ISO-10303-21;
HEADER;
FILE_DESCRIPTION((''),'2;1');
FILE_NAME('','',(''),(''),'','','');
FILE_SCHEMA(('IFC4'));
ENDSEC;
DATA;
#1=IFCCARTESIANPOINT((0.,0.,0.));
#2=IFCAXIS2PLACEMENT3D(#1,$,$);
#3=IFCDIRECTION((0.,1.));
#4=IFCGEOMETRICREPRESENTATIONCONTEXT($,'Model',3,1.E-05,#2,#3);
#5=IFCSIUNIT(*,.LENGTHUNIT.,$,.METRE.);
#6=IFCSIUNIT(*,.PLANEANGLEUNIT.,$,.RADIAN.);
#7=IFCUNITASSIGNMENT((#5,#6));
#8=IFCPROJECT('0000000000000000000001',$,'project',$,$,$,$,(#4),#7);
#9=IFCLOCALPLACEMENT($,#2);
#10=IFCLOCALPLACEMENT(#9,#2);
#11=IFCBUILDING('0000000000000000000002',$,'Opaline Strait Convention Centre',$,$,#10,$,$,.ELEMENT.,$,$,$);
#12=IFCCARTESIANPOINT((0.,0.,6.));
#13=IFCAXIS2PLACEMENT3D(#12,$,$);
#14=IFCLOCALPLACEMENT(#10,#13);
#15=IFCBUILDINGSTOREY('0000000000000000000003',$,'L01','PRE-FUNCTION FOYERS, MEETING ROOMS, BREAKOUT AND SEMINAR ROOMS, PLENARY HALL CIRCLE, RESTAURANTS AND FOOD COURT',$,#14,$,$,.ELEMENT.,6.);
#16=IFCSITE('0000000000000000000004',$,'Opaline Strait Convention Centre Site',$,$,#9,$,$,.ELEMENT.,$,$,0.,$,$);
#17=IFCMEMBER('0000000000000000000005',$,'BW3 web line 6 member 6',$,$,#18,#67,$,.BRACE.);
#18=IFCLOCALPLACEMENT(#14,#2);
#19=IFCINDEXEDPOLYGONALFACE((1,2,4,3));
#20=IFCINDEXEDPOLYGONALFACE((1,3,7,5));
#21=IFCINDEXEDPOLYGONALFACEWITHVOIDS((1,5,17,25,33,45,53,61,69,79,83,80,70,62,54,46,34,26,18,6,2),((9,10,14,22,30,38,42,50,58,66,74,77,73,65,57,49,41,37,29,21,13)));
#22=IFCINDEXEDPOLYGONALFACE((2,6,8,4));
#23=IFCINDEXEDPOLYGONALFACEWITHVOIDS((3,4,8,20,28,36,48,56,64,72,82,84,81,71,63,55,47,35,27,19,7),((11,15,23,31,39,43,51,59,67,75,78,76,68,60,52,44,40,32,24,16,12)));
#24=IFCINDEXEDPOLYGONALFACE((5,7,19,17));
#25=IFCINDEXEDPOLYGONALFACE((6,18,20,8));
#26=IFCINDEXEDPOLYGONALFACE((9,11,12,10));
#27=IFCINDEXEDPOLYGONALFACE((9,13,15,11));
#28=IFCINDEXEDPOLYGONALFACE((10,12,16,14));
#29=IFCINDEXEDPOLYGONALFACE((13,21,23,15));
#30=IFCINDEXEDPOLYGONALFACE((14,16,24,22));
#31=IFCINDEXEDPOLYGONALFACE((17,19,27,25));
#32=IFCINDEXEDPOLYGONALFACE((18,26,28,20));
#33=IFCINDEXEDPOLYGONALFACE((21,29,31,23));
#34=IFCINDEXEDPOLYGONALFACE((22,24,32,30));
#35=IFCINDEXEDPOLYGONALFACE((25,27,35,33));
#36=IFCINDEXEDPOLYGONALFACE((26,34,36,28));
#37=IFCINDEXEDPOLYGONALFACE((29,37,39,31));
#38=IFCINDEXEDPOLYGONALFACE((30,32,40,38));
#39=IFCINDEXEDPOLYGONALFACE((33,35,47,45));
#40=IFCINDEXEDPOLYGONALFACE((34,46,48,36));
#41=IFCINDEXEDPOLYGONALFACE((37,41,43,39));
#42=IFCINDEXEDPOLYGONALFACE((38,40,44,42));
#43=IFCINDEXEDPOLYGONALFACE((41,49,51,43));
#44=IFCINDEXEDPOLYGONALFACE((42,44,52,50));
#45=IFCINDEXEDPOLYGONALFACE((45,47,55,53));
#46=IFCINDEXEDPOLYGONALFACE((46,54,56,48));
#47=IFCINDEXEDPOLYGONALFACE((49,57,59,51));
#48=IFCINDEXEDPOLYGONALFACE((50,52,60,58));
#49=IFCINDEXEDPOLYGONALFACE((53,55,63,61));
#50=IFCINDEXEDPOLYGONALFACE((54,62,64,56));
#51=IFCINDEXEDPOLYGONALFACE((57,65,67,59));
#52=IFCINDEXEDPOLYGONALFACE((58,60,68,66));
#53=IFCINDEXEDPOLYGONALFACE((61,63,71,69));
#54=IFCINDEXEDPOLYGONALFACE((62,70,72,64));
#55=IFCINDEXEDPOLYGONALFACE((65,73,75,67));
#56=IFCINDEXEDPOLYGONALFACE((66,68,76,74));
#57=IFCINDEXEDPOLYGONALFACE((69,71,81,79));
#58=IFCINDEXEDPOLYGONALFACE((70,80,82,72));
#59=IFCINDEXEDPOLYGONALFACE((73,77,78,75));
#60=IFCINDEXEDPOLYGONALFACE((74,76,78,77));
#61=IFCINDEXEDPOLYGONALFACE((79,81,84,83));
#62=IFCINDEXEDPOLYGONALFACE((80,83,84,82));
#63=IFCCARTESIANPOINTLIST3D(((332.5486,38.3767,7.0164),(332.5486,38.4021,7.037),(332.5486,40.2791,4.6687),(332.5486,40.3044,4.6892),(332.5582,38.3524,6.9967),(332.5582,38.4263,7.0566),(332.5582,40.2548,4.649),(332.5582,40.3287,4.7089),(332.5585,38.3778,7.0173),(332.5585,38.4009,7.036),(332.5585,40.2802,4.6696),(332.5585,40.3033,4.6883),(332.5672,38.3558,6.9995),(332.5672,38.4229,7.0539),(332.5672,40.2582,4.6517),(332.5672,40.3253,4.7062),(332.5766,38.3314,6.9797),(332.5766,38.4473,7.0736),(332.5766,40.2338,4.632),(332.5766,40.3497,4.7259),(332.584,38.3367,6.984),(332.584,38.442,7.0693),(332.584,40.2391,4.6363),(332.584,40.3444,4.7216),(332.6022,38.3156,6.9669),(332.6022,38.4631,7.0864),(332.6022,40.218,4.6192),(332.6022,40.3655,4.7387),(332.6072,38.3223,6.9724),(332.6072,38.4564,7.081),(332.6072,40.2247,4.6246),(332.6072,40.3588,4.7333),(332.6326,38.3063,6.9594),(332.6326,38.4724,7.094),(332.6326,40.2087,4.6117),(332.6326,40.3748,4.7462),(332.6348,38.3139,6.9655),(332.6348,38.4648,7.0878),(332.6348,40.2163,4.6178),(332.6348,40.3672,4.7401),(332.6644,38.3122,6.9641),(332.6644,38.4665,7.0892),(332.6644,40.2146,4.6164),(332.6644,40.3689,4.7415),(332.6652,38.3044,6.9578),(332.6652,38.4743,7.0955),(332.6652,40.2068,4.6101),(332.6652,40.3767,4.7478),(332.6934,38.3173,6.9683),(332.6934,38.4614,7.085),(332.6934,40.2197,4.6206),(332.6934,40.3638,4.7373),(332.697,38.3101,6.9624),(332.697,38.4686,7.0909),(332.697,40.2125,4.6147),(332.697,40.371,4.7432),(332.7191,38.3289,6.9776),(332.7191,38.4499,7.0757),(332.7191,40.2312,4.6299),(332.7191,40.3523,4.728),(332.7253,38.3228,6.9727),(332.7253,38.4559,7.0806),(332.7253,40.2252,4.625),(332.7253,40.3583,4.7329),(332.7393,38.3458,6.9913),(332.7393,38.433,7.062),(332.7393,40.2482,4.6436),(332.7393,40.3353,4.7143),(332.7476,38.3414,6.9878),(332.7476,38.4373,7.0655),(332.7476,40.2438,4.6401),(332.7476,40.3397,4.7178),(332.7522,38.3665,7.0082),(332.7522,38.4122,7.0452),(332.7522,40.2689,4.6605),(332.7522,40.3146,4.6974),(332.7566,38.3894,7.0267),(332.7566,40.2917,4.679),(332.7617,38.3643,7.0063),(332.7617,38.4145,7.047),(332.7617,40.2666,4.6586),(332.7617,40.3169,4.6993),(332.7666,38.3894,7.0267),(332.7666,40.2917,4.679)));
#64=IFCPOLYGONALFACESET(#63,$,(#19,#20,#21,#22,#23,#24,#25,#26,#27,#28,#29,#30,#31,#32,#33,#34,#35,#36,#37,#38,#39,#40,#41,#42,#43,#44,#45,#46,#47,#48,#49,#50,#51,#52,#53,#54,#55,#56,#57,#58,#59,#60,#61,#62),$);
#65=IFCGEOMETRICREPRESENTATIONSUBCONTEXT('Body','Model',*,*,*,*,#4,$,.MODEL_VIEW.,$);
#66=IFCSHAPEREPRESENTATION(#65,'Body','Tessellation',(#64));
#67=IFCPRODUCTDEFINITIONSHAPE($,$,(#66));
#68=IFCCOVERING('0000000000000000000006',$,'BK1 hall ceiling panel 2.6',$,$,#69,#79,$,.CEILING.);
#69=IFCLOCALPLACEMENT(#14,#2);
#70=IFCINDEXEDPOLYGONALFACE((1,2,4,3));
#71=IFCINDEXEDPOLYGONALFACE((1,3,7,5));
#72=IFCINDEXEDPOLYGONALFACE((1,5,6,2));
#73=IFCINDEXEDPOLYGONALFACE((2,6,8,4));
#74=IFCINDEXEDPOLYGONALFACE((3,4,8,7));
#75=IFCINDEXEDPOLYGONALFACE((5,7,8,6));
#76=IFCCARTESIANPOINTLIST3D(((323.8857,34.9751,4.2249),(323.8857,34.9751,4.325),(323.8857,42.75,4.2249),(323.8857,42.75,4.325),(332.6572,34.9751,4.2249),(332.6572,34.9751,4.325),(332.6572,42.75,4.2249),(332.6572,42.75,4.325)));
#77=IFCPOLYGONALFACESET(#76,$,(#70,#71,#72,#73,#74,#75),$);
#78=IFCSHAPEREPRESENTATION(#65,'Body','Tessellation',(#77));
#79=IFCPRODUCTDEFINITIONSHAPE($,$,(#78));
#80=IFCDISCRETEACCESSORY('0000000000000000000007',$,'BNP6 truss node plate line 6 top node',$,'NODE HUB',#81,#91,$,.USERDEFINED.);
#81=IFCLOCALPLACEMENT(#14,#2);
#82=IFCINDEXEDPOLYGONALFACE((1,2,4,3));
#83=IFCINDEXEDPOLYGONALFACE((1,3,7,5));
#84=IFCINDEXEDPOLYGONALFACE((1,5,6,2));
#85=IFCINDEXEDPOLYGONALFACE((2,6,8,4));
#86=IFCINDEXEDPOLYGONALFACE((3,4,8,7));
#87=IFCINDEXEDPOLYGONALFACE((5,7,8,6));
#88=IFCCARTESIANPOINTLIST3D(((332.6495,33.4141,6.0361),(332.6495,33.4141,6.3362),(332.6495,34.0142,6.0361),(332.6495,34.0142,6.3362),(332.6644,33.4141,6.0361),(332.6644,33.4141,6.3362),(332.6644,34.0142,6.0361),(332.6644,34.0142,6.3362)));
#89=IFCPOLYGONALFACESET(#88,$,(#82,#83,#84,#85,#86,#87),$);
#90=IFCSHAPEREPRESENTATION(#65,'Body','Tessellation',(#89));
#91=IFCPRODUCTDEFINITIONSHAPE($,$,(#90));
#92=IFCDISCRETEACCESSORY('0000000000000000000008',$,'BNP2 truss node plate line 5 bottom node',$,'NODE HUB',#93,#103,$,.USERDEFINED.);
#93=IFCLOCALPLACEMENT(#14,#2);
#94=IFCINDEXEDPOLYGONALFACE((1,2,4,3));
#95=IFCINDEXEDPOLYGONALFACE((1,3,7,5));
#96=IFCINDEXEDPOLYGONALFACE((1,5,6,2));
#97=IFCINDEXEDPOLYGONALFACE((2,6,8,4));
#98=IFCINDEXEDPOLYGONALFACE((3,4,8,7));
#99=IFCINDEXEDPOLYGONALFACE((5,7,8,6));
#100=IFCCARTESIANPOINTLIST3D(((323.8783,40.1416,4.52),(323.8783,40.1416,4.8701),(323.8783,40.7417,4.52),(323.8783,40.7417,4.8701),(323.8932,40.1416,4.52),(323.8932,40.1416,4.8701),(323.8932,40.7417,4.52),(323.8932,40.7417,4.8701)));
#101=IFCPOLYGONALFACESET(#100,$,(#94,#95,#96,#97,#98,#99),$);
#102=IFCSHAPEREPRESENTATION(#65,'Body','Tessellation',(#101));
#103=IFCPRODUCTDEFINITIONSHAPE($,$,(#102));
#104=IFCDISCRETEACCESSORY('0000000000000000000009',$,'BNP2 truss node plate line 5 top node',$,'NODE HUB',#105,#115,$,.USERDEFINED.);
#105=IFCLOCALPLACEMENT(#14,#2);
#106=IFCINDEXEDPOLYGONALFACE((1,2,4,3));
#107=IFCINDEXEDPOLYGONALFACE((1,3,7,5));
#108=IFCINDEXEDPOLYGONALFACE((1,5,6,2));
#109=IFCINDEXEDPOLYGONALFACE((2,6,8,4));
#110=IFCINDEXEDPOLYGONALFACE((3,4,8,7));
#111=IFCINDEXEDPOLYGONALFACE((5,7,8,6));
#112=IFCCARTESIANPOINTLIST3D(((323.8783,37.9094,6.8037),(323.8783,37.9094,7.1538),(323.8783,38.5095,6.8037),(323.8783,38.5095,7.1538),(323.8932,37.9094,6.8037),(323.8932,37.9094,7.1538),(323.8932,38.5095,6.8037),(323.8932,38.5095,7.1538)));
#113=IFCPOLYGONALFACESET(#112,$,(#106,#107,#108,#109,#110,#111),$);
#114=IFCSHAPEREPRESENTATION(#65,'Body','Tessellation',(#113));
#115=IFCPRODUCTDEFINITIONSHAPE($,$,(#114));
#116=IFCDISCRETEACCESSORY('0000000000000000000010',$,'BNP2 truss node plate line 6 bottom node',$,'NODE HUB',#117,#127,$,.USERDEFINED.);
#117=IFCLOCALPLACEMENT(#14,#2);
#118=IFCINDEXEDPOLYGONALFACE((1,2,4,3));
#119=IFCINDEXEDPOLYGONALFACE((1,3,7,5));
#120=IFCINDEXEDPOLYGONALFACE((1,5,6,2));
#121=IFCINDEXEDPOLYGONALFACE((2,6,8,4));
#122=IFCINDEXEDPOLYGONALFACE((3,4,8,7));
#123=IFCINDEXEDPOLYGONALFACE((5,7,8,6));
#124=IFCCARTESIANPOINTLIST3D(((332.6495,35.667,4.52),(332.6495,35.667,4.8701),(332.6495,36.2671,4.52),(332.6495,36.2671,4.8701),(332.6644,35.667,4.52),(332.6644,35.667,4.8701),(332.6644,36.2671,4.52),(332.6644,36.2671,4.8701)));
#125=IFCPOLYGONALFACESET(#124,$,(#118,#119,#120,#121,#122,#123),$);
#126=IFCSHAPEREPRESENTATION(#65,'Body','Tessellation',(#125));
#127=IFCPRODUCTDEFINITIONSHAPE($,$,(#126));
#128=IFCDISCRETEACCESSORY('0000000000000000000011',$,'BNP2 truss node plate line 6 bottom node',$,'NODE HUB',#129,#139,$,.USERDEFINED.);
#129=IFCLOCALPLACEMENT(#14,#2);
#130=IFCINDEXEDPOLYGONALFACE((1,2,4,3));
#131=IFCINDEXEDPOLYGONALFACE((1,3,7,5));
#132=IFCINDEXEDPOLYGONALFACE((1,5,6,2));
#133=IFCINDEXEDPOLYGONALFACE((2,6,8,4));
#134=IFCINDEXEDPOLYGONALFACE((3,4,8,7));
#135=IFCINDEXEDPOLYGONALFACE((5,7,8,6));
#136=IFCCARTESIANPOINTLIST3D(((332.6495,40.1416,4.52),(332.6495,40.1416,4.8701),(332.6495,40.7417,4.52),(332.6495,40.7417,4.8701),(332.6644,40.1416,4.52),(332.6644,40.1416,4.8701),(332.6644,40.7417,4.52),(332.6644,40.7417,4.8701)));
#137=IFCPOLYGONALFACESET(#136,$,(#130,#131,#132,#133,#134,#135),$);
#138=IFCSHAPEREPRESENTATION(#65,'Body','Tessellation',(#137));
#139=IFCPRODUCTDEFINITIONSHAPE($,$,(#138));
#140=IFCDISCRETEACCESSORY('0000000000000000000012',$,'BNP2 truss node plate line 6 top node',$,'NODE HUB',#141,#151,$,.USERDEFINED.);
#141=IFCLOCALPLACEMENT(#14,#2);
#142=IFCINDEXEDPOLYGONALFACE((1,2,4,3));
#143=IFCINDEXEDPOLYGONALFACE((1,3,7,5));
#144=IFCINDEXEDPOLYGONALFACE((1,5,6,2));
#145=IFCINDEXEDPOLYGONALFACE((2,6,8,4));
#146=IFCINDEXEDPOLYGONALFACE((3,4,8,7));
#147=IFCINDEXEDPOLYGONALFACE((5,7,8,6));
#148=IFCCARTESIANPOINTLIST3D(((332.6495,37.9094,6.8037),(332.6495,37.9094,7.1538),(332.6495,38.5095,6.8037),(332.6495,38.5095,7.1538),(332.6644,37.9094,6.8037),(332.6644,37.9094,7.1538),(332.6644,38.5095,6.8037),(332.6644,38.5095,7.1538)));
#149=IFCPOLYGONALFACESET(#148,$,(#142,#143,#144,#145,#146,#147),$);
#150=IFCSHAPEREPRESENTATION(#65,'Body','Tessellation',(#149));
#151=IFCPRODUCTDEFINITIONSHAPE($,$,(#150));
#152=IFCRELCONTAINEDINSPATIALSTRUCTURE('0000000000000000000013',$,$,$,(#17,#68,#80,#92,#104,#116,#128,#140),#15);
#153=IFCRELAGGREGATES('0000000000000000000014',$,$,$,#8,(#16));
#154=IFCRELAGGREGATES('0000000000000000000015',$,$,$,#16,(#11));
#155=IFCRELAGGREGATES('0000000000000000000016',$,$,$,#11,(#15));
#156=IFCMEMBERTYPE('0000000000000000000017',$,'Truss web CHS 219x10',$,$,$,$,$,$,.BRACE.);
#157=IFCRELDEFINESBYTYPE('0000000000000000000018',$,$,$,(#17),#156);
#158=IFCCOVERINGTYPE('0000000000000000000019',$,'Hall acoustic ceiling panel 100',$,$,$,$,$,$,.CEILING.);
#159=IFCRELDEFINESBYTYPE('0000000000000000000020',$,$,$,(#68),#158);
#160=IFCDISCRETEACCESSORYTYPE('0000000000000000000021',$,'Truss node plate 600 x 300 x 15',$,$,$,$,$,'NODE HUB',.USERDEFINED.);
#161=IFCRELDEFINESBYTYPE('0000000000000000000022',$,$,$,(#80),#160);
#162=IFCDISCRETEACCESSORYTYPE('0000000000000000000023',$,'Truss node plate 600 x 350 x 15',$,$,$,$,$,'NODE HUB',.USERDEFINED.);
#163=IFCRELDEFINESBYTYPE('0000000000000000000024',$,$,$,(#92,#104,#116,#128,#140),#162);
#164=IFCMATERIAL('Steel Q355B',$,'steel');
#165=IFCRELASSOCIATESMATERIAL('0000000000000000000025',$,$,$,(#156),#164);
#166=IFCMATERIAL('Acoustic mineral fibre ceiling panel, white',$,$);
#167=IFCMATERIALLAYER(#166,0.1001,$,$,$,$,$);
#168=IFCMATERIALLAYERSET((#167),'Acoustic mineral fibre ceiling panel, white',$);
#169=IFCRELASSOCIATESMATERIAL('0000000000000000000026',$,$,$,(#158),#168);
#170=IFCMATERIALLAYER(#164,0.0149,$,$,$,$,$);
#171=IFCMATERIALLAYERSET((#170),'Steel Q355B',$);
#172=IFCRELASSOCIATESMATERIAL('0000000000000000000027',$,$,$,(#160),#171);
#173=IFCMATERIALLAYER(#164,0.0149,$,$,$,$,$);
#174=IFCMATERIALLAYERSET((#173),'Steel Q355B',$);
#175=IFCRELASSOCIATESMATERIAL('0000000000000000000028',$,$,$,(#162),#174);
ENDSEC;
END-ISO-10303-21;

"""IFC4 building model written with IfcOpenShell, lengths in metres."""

from ifc_helpers import new_model, si_unit, direction, frame, origin, origin_2d, place, context, subcontext, project, spatial, rectangle, hollow_circle, extrude, material, layer, layer_set, material_profile, profile_set, type_object, element, save


model = new_model("IFC4")

# Units and contexts
model_context = context("Model", 3, precision=1e-05, world=origin(), true_north=direction((0.0, 1.0)))
body_context = subcontext(model_context, "Body", "Model", "MODEL_VIEW")
ifc_project = project(units=[si_unit("LENGTHUNIT", "METRE"), si_unit("PLANEANGLEUNIT", "RADIAN")], contexts=[model_context])

# Site, building, storey
site_placement = place(None, origin())
site = spatial("IfcSite", under=ifc_project, at=site_placement, Name="Opaline Strait Convention Centre Site", CompositionType="ELEMENT", RefElevation=0.0)
building_placement = place(site_placement, origin())
building = spatial("IfcBuilding", under=site, at=building_placement, Name="Opaline Strait Convention Centre", CompositionType="ELEMENT")
storey_placement = place(building_placement, frame((0.0, 0.0, 6.0)))
storey = spatial("IfcBuildingStorey", under=building, at=storey_placement, Name="L01", Description="PRE-FUNCTION FOYERS, MEETING ROOMS, BREAKOUT AND SEMINAR ROOMS, PLENARY HALL CIRCLE, RESTAURANTS AND FOOD COURT", CompositionType="ELEMENT", Elevation=6.0)

# Member
ifc_material_1 = material(Name="Steel Q355B", Category="steel")
ifc_material_profile_1 = material_profile(ifc_material_1, hollow_circle(Radius=0.1096, WallThickness=0.01, at=origin_2d()), Name="CHS 219x10")
ifc_profile_set_1 = profile_set([ifc_material_profile_1], Name="Steel Q355B")
member_type_1 = type_object("IfcMemberType", Name="Truss web CHS 219x10", PredefinedType="BRACE", material=ifc_profile_set_1)
member_1_placement = place(storey_placement, frame((332.657, 40.2917, 4.679), z_axis=(0.0, -0.62957, 0.776944), x_axis=(1.0, 0.0, 0.0)))
element("IfcMember", 1, at=member_1_placement, inside=storey, type_object=member_type_1, Name="BW3 web line 6 member 6", PredefinedType="BRACE", context=body_context, shape_type="SweptSolid", body=[
    extrude(hollow_circle(Radius=0.1096, WallThickness=0.01, at=origin_2d()), origin(), (0.0, 0.0, 1.0), 3.0217),
])

# Covering
ifc_material_2 = material(Name="Acoustic mineral fibre ceiling panel, white")
ifc_layer_1 = layer(ifc_material_2, 0.1001)
ifc_layer_set_1 = layer_set([ifc_layer_1], Name="Acoustic mineral fibre ceiling panel, white")
covering_type = type_object("IfcCoveringType", Name="Hall acoustic ceiling panel 100", PredefinedType="CEILING", material=ifc_layer_set_1)
covering_placement = place(storey_placement, frame((328.2715, 38.8625, 4.2249), z_axis=(0.0, 0.0, 1.0), x_axis=(1.0, 0.0, 0.0)))
element("IfcCovering", 2, at=covering_placement, inside=storey, type_object=covering_type, Name="BK1 hall ceiling panel 2.6", PredefinedType="CEILING", context=body_context, shape_type="SweptSolid", body=[
    extrude(rectangle(XDim=8.7715, YDim=7.7749, at=origin_2d()), origin(), (0.0, 0.0, 1.0), 0.1001),
])

# Discrete accessories
ifc_layer_2 = layer(ifc_material_1, 0.0149)
ifc_layer_set_2 = layer_set([ifc_layer_2], Name="Steel Q355B")
discrete_accessory_type_1 = type_object("IfcDiscreteAccessoryType", Name="Truss node plate 600 x 300 x 15", ElementType="NODE HUB", PredefinedType="USERDEFINED", material=ifc_layer_set_2)
discrete_accessory_placement = place(storey_placement, frame((332.657, 33.7141, 6.0361), z_axis=(0.0, 0.0, 1.0), x_axis=(1.0, 0.0, 0.0)))
element("IfcDiscreteAccessory", 3, at=discrete_accessory_placement, inside=storey, type_object=discrete_accessory_type_1, Name="BNP6 truss node plate line 6 top node", ObjectType="NODE HUB", PredefinedType="USERDEFINED", context=body_context, shape_type="SweptSolid", body=[
    extrude(rectangle(XDim=0.0149, YDim=0.6001, at=origin_2d()), origin(), (0.0, 0.0, 1.0), 0.3),
])
ifc_layer_3 = layer(ifc_material_1, 0.0149)
ifc_layer_set_3 = layer_set([ifc_layer_3], Name="Steel Q355B")
discrete_accessory_type_2 = type_object("IfcDiscreteAccessoryType", Name="Truss node plate 600 x 350 x 15", ElementType="NODE HUB", PredefinedType="USERDEFINED", material=ifc_layer_set_3)
for number, where, z_axis, x_axis, name in (
    (4, (323.8857, 40.4417, 4.52), (0.0, 0.0, 1.0), (1.0, 0.0, 0.0), "BNP2 truss node plate line 5 bottom node"),
    (5, (323.8857, 38.2095, 6.8037), (0.0, 0.0, 1.0), (1.0, 0.0, 0.0), "BNP2 truss node plate line 5 top node"),
    (6, (332.657, 35.967, 4.52), (0.0, 0.0, 1.0), (1.0, 0.0, 0.0), "BNP2 truss node plate line 6 bottom node"),
    (7, (332.657, 40.4417, 4.52), (0.0, 0.0, 1.0), (1.0, 0.0, 0.0), "BNP2 truss node plate line 6 bottom node"),
    (8, (332.657, 38.2095, 6.8037), (0.0, 0.0, 1.0), (1.0, 0.0, 0.0), "BNP2 truss node plate line 6 top node"),
):
    element("IfcDiscreteAccessory", number, at=place(storey_placement, frame(where, z_axis=z_axis, x_axis=x_axis)), inside=storey, type_object=discrete_accessory_type_2, Name=name, ObjectType="NODE HUB", PredefinedType="USERDEFINED", context=body_context, shape_type="SweptSolid", body=[
        extrude(rectangle(XDim=0.0149, YDim=0.6001, at=origin_2d()), origin(), (0.0, 0.0, 1.0), 0.3501),
    ])

save(model, "model.ifc")
